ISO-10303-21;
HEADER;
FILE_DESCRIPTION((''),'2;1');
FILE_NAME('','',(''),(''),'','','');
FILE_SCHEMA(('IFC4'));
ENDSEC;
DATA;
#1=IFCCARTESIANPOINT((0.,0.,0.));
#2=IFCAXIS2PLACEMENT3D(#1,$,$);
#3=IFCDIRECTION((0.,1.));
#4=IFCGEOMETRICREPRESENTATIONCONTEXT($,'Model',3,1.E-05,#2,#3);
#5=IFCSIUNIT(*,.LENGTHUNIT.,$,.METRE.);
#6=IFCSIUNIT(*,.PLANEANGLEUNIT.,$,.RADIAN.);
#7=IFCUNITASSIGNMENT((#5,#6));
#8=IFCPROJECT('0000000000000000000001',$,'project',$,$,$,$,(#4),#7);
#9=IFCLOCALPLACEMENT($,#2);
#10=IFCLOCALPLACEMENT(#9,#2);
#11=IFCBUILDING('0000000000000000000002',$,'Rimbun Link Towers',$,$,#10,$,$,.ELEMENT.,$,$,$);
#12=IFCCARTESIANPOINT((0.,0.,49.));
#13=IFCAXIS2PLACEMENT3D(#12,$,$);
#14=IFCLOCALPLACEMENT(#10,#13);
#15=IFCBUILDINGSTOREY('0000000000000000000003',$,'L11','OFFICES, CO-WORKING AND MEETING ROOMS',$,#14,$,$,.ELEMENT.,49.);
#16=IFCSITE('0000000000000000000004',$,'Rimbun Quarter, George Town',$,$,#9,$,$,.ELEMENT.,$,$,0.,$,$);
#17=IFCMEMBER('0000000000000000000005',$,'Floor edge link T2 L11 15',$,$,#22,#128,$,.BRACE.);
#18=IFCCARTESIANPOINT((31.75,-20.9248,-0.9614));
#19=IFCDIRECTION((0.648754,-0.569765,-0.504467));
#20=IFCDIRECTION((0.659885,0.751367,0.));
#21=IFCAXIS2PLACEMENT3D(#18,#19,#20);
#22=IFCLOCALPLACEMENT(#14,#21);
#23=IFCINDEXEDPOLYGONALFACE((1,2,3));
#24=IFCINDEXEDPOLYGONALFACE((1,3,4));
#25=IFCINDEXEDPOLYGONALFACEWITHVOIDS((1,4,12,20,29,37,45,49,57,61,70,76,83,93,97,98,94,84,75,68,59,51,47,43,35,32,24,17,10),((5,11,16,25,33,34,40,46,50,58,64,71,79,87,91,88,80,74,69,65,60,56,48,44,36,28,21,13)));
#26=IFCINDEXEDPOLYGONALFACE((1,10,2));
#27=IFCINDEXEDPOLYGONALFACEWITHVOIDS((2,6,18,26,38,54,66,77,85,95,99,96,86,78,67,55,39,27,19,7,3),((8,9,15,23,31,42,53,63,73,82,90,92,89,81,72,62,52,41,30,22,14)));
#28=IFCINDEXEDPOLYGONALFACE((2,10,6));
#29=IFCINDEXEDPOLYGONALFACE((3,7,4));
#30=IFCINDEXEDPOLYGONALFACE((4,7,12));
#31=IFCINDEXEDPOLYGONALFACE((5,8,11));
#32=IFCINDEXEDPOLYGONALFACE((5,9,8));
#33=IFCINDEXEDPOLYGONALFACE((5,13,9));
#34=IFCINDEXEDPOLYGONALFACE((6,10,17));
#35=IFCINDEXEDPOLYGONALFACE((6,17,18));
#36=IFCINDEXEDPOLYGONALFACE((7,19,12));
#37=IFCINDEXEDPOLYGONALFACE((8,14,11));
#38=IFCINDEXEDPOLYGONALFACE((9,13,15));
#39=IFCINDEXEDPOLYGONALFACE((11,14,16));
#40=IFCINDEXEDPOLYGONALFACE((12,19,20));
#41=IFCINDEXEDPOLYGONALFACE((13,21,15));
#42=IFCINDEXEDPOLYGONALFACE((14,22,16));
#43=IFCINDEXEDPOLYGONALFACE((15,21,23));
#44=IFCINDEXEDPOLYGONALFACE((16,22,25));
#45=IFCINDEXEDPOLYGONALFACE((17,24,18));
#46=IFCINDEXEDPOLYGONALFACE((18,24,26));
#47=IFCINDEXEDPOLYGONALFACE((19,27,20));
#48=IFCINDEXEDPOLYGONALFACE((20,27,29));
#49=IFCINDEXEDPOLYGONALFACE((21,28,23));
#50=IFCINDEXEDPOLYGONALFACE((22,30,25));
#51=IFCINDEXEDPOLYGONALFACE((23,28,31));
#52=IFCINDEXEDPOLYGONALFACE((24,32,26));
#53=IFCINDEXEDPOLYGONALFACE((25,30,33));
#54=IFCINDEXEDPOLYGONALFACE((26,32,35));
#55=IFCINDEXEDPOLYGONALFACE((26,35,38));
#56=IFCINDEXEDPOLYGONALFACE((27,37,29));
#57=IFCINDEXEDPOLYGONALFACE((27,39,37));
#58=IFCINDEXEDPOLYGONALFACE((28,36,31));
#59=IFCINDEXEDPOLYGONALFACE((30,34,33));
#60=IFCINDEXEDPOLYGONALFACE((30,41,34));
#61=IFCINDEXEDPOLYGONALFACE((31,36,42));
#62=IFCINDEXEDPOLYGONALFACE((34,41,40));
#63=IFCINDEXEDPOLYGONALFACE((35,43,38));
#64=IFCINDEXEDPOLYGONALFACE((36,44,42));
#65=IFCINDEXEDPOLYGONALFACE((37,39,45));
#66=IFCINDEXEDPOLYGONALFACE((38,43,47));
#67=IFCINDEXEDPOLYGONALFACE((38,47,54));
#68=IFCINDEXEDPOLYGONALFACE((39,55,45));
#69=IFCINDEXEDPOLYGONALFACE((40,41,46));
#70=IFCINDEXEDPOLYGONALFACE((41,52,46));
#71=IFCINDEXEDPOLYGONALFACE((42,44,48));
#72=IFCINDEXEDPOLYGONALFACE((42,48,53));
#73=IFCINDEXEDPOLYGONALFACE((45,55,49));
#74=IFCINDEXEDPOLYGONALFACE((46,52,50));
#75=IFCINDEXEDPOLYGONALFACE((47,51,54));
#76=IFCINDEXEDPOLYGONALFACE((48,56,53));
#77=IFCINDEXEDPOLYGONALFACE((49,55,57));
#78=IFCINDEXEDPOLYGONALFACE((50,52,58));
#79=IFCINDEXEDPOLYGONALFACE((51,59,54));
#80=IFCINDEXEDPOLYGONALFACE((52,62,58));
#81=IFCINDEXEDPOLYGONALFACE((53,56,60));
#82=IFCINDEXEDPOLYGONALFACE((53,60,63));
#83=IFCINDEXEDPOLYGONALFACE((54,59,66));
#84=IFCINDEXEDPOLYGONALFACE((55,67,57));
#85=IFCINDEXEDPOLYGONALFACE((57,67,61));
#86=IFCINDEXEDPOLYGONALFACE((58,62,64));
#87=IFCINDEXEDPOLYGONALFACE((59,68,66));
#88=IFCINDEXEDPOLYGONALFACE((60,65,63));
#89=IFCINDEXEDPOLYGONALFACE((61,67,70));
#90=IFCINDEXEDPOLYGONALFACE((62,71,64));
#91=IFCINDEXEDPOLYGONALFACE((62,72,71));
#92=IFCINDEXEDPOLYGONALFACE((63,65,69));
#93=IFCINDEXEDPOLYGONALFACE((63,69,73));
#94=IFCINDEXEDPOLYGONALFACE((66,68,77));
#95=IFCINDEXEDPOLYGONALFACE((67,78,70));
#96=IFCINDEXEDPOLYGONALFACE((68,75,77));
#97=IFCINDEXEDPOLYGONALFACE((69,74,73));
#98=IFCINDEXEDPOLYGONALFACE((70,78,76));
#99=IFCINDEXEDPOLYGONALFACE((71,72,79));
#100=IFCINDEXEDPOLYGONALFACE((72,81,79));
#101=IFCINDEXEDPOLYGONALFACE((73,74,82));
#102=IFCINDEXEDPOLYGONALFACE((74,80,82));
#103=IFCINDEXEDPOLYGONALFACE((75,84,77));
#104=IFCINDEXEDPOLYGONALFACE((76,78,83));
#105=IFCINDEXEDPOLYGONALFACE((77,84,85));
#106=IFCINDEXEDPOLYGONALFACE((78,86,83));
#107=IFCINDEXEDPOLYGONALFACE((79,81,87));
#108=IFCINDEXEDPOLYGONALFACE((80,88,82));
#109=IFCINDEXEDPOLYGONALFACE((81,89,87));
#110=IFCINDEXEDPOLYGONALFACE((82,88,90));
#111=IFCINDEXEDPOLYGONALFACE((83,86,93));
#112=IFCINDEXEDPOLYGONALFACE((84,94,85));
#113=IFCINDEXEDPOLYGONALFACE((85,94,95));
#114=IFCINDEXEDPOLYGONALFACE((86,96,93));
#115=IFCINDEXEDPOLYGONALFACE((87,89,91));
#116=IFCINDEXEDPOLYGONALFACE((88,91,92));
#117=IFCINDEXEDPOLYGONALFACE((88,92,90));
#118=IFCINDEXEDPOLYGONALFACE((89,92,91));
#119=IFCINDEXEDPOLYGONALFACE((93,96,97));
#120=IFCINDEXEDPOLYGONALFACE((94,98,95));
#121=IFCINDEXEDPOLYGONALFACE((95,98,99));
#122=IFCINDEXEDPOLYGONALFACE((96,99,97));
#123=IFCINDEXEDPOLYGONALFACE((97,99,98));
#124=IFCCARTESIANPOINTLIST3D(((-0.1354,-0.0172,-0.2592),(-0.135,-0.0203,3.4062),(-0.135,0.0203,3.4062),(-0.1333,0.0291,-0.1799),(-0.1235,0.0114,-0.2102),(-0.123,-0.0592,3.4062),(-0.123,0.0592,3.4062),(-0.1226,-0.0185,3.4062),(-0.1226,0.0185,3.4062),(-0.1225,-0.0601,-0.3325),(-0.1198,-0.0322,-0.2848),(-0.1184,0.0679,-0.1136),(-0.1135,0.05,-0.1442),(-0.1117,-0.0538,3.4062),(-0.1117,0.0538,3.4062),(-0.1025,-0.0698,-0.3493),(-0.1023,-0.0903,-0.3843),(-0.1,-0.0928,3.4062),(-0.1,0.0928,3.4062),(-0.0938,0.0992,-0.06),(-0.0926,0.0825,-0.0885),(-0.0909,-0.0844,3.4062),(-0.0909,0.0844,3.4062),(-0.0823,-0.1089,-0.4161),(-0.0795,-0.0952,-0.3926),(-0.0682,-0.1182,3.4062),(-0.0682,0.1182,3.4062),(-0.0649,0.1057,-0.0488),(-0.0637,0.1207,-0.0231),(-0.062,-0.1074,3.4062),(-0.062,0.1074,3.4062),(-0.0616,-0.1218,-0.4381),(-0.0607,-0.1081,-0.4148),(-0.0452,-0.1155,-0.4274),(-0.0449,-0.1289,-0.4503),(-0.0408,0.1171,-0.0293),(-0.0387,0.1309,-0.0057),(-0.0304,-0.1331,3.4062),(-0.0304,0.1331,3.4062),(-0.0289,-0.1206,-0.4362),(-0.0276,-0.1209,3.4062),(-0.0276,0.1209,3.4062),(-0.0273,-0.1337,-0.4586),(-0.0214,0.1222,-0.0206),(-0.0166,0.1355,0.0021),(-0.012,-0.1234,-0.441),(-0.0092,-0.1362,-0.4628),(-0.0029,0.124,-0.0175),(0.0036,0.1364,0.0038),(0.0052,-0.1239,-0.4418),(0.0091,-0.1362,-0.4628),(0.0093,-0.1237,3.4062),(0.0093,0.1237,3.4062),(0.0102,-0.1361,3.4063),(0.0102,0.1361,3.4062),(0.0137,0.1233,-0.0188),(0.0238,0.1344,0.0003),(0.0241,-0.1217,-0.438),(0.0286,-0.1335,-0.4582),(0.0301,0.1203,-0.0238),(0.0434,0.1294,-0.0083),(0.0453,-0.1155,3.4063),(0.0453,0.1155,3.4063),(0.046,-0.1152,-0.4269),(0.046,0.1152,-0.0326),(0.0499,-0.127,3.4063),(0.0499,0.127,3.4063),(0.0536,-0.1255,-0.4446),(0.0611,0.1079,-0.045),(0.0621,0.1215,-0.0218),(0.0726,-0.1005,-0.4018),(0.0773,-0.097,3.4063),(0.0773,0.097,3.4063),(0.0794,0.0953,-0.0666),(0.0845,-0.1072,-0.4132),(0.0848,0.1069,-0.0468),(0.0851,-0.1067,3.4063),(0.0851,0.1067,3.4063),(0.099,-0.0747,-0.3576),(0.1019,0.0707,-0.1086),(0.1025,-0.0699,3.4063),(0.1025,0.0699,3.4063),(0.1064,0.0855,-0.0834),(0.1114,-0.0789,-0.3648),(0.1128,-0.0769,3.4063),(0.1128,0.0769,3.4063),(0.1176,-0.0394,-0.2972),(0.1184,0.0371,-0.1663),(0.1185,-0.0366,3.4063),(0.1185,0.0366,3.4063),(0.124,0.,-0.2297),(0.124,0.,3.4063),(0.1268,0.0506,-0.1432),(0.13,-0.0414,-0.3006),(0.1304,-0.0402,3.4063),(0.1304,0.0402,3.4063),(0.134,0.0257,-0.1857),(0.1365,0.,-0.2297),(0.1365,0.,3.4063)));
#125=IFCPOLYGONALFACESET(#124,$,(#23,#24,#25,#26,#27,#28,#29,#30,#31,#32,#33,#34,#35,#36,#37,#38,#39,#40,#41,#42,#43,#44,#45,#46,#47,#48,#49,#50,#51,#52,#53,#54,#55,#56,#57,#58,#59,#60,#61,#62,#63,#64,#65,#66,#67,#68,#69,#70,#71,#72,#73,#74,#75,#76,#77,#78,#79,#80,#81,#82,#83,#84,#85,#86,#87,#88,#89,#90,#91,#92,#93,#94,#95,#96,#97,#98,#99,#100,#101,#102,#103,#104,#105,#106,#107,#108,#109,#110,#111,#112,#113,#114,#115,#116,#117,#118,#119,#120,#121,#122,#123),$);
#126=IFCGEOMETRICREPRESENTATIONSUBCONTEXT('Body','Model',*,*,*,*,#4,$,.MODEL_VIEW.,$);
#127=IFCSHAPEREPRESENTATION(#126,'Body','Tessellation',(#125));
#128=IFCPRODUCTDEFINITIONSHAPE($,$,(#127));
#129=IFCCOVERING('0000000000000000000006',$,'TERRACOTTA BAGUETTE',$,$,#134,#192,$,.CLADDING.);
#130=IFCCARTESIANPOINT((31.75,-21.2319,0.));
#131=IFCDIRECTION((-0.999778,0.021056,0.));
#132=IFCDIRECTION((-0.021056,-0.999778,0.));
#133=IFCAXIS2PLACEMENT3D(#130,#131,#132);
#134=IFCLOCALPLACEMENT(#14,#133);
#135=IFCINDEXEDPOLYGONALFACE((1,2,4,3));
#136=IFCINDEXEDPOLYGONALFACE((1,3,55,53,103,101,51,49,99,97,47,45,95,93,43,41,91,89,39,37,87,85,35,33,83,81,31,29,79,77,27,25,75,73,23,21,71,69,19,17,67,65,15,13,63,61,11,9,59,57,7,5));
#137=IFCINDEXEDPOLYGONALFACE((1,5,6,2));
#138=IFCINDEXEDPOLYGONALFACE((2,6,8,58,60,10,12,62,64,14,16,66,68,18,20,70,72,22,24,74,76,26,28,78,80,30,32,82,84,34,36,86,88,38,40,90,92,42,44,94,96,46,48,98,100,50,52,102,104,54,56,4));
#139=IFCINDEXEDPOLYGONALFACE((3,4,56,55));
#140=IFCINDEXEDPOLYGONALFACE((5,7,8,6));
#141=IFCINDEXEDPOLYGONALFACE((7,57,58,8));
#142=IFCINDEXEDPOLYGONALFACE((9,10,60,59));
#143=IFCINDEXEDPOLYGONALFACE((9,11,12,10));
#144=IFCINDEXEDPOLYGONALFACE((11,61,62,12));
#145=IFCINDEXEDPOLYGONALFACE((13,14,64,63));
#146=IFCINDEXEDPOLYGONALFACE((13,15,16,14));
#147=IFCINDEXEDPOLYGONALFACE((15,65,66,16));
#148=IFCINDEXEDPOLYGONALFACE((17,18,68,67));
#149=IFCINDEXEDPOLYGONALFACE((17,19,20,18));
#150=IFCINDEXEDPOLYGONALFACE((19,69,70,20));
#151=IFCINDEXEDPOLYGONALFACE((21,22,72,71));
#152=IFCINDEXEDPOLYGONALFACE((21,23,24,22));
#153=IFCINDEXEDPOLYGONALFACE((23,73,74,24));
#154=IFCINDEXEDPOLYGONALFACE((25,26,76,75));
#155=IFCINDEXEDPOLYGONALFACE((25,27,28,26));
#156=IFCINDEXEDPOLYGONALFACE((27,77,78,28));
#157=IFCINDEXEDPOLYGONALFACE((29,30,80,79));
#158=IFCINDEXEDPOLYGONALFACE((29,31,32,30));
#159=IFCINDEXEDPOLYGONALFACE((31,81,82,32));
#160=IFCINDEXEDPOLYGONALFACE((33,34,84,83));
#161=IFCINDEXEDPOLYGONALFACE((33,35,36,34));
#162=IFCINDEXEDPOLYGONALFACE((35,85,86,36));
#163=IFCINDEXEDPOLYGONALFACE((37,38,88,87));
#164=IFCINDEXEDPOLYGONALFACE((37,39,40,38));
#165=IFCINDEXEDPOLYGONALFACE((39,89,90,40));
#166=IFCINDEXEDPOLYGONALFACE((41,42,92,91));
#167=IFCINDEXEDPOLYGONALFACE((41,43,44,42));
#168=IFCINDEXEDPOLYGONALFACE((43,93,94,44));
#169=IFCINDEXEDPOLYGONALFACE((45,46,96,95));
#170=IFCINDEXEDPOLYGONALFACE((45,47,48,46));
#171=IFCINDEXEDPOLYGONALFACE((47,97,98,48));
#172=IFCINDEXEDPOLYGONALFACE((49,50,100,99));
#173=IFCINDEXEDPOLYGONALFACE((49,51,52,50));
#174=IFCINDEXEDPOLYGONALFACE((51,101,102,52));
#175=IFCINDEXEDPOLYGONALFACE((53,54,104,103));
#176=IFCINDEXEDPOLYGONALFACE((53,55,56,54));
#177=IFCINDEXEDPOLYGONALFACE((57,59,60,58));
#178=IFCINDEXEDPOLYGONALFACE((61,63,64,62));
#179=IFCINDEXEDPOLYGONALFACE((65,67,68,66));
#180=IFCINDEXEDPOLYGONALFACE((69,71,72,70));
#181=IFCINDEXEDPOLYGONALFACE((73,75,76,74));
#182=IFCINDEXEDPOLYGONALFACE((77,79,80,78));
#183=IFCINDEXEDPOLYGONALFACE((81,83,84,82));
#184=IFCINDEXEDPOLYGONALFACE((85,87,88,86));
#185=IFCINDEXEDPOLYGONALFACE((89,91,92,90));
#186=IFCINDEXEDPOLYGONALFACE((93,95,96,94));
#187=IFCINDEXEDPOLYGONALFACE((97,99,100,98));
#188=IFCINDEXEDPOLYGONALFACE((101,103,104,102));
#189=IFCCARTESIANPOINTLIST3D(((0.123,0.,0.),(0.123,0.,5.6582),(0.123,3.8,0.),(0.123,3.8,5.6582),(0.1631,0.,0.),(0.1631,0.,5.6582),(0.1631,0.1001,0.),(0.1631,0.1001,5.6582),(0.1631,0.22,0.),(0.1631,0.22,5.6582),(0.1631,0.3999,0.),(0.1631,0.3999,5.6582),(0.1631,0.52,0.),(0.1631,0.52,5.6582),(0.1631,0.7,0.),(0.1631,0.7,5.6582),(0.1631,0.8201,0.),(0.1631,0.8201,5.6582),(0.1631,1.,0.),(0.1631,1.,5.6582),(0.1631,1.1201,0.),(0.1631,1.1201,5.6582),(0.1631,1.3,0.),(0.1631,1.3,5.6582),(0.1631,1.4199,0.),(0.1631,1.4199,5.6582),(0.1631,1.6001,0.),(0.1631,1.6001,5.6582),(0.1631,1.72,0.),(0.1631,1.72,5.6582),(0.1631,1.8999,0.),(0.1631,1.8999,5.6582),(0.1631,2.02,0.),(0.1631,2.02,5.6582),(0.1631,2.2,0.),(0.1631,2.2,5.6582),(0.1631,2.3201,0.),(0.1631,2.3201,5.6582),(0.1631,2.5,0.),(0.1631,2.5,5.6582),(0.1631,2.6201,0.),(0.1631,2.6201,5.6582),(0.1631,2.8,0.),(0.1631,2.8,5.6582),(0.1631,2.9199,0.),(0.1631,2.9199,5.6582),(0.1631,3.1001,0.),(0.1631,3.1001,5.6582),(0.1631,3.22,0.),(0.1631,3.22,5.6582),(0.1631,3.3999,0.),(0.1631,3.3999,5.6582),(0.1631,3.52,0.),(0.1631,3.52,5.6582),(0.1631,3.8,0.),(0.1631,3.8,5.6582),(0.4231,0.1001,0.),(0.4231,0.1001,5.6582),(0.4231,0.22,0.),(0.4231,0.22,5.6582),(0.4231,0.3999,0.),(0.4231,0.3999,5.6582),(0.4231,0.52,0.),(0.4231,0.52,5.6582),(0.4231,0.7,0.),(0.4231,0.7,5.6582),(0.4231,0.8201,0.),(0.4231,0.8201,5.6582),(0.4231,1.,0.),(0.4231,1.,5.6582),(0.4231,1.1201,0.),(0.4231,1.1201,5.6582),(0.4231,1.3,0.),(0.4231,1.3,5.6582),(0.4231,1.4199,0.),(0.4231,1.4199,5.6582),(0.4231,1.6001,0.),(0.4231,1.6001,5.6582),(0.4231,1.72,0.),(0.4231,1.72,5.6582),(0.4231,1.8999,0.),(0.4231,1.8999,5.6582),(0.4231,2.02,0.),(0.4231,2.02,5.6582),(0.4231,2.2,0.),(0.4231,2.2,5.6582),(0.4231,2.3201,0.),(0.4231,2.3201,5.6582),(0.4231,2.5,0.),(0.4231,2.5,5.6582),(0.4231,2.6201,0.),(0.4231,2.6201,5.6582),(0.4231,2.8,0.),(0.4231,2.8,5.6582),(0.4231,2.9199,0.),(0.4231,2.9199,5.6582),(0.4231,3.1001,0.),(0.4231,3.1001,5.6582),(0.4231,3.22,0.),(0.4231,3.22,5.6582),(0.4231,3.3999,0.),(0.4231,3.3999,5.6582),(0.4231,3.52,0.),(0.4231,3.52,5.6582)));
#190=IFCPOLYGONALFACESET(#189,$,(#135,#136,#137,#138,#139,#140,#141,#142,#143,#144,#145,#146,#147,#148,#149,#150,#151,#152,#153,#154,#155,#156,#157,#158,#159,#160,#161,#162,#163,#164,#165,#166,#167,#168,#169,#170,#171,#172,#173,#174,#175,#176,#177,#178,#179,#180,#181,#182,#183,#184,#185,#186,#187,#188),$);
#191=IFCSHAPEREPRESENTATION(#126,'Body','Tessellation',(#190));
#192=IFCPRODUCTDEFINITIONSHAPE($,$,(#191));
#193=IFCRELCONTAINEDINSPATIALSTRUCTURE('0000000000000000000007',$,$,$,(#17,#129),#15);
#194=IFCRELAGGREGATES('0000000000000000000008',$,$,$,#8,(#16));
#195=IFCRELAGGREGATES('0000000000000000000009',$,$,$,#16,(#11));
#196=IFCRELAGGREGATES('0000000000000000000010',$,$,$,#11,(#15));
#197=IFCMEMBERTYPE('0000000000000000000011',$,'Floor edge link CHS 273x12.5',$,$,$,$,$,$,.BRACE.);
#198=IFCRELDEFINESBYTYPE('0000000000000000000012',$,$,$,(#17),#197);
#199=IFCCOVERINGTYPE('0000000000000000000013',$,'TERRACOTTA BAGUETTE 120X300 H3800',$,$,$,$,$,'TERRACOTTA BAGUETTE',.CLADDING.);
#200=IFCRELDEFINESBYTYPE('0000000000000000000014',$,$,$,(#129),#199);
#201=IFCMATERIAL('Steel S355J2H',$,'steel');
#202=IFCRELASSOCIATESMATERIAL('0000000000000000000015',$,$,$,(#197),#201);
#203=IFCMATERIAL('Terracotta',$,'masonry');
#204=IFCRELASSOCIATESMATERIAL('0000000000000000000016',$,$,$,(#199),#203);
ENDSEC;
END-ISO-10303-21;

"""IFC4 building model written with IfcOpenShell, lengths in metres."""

from ifc_helpers import new_model, si_unit, direction, frame, origin, origin_2d, place, context, subcontext, project, spatial, polyline, hollow_circle, outline, extrude, clip, halfspace, material, material_profile, profile_set, type_object, element, save


model = new_model("IFC4")

# Units and contexts
model_context = context("Model", 3, precision=1e-05, world=origin(), true_north=direction((0.0, 1.0)))
body_context = subcontext(model_context, "Body", "Model", "MODEL_VIEW")
ifc_project = project(units=[si_unit("LENGTHUNIT", "METRE"), si_unit("PLANEANGLEUNIT", "RADIAN")], contexts=[model_context])

# Site, building, storey
site_placement = place(None, origin())
site = spatial("IfcSite", under=ifc_project, at=site_placement, Name="Rimbun Quarter, George Town", CompositionType="ELEMENT", RefElevation=0.0)
building_placement = place(site_placement, origin())
building = spatial("IfcBuilding", under=site, at=building_placement, Name="Rimbun Link Towers", CompositionType="ELEMENT")
storey_placement = place(building_placement, frame((0.0, 0.0, 49.0)))
storey = spatial("IfcBuildingStorey", under=building, at=storey_placement, Name="L11", Description="OFFICES, CO-WORKING AND MEETING ROOMS", CompositionType="ELEMENT", Elevation=49.0)

# Member
ifc_material_1 = material(Name="Steel S355J2H", Category="steel")
ifc_material_profile_1 = material_profile(ifc_material_1, hollow_circle(Radius=0.1365, WallThickness=0.0125, at=origin_2d()), Name="CHS 273x12.5")
ifc_profile_set_1 = profile_set([ifc_material_profile_1], Name="Steel S355J2H")
member_type_1 = type_object("IfcMemberType", Name="Floor edge link CHS 273x12.5", PredefinedType="BRACE", material=ifc_profile_set_1)
member_1_placement = place(storey_placement, frame((31.75, -20.9248, -0.9614), z_axis=(0.648754, -0.569765, -0.504467), x_axis=(0.659885, 0.751367, 0.0)))
element("IfcMember", 1, at=member_1_placement, inside=storey, type_object=member_type_1, Name="Floor edge link T2 L11 15", PredefinedType="BRACE", context=body_context, shape_type="Clipping", body=[
    clip(extrude(hollow_circle(Radius=0.1365, WallThickness=0.0125, at=origin_2d()), frame((0.0, 0.0, -0.4871)), (0.0, 0.0, 1.0), 3.8933), halfspace(frame((0.0, 0.0, -0.2297), z_axis=(0.0, 0.863431, -0.504467)), False)),
])

# Covering
ifc_material_2 = material(Name="Terracotta", Category="masonry")
ifc_material_profile_2 = material_profile(ifc_material_2, outline(polyline([(0.123, 0.0), (0.1631, 0.0), (0.1631, 0.1001), (0.4231, 0.1001), (0.4231, 0.22), (0.1631, 0.22), (0.1631, 0.3999), (0.4231, 0.3999), (0.4231, 0.52), (0.1631, 0.52), (0.1631, 0.7), (0.4231, 0.7), (0.4231, 0.8201), (0.1631, 0.8201), (0.1631, 1.0), (0.4231, 1.0), (0.4231, 1.1201), (0.1631, 1.1201), (0.1631, 1.3), (0.4231, 1.3), (0.4231, 1.4199), (0.1631, 1.4199), (0.1631, 1.6001), (0.4231, 1.6001), (0.4231, 1.72), (0.1631, 1.72), (0.1631, 1.8999), (0.4231, 1.8999), (0.4231, 2.02), (0.1631, 2.02), (0.1631, 2.2), (0.4231, 2.2), (0.4231, 2.3201), (0.1631, 2.3201), (0.1631, 2.5), (0.4231, 2.5), (0.4231, 2.6201), (0.1631, 2.6201), (0.1631, 2.8), (0.4231, 2.8), (0.4231, 2.9199), (0.1631, 2.9199), (0.1631, 3.1001), (0.4231, 3.1001), (0.4231, 3.22), (0.1631, 3.22), (0.1631, 3.3999), (0.4231, 3.3999), (0.4231, 3.52), (0.1631, 3.52), (0.1631, 3.8), (0.123, 3.8), (0.123, 0.0)])), Name="BAGUETTE 120X300")
ifc_profile_set_2 = profile_set([ifc_material_profile_2], Name="Terracotta")
covering_type = type_object("IfcCoveringType", Name="TERRACOTTA BAGUETTE 120X300 H3800", ElementType="TERRACOTTA BAGUETTE", PredefinedType="CLADDING", material=ifc_profile_set_2)
covering_1_placement = place(storey_placement, frame((31.75, -21.2319, 0.0), z_axis=(-0.999778, 0.021056, 0.0), x_axis=(-0.021056, -0.999778, 0.0)))
element("IfcCovering", 2, at=covering_1_placement, inside=storey, type_object=covering_type, Name="TERRACOTTA BAGUETTE", PredefinedType="CLADDING", context=body_context, shape_type="SweptSolid", body=[
    extrude(outline(polyline([(0.123, 0.0), (0.1631, 0.0), (0.1631, 0.1001), (0.4231, 0.1001), (0.4231, 0.22), (0.1631, 0.22), (0.1631, 0.3999), (0.4231, 0.3999), (0.4231, 0.52), (0.1631, 0.52), (0.1631, 0.7), (0.4231, 0.7), (0.4231, 0.8201), (0.1631, 0.8201), (0.1631, 1.0), (0.4231, 1.0), (0.4231, 1.1201), (0.1631, 1.1201), (0.1631, 1.3), (0.4231, 1.3), (0.4231, 1.4199), (0.1631, 1.4199), (0.1631, 1.6001), (0.4231, 1.6001), (0.4231, 1.72), (0.1631, 1.72), (0.1631, 1.8999), (0.4231, 1.8999), (0.4231, 2.02), (0.1631, 2.02), (0.1631, 2.2), (0.4231, 2.2), (0.4231, 2.3201), (0.1631, 2.3201), (0.1631, 2.5), (0.4231, 2.5), (0.4231, 2.6201), (0.1631, 2.6201), (0.1631, 2.8), (0.4231, 2.8), (0.4231, 2.9199), (0.1631, 2.9199), (0.1631, 3.1001), (0.4231, 3.1001), (0.4231, 3.22), (0.1631, 3.22), (0.1631, 3.3999), (0.4231, 3.3999), (0.4231, 3.52), (0.1631, 3.52), (0.1631, 3.8), (0.123, 3.8), (0.123, 0.0)])), origin(), (0.0, 0.0, 1.0), 5.6582),
])

save(model, "model.ifc")
